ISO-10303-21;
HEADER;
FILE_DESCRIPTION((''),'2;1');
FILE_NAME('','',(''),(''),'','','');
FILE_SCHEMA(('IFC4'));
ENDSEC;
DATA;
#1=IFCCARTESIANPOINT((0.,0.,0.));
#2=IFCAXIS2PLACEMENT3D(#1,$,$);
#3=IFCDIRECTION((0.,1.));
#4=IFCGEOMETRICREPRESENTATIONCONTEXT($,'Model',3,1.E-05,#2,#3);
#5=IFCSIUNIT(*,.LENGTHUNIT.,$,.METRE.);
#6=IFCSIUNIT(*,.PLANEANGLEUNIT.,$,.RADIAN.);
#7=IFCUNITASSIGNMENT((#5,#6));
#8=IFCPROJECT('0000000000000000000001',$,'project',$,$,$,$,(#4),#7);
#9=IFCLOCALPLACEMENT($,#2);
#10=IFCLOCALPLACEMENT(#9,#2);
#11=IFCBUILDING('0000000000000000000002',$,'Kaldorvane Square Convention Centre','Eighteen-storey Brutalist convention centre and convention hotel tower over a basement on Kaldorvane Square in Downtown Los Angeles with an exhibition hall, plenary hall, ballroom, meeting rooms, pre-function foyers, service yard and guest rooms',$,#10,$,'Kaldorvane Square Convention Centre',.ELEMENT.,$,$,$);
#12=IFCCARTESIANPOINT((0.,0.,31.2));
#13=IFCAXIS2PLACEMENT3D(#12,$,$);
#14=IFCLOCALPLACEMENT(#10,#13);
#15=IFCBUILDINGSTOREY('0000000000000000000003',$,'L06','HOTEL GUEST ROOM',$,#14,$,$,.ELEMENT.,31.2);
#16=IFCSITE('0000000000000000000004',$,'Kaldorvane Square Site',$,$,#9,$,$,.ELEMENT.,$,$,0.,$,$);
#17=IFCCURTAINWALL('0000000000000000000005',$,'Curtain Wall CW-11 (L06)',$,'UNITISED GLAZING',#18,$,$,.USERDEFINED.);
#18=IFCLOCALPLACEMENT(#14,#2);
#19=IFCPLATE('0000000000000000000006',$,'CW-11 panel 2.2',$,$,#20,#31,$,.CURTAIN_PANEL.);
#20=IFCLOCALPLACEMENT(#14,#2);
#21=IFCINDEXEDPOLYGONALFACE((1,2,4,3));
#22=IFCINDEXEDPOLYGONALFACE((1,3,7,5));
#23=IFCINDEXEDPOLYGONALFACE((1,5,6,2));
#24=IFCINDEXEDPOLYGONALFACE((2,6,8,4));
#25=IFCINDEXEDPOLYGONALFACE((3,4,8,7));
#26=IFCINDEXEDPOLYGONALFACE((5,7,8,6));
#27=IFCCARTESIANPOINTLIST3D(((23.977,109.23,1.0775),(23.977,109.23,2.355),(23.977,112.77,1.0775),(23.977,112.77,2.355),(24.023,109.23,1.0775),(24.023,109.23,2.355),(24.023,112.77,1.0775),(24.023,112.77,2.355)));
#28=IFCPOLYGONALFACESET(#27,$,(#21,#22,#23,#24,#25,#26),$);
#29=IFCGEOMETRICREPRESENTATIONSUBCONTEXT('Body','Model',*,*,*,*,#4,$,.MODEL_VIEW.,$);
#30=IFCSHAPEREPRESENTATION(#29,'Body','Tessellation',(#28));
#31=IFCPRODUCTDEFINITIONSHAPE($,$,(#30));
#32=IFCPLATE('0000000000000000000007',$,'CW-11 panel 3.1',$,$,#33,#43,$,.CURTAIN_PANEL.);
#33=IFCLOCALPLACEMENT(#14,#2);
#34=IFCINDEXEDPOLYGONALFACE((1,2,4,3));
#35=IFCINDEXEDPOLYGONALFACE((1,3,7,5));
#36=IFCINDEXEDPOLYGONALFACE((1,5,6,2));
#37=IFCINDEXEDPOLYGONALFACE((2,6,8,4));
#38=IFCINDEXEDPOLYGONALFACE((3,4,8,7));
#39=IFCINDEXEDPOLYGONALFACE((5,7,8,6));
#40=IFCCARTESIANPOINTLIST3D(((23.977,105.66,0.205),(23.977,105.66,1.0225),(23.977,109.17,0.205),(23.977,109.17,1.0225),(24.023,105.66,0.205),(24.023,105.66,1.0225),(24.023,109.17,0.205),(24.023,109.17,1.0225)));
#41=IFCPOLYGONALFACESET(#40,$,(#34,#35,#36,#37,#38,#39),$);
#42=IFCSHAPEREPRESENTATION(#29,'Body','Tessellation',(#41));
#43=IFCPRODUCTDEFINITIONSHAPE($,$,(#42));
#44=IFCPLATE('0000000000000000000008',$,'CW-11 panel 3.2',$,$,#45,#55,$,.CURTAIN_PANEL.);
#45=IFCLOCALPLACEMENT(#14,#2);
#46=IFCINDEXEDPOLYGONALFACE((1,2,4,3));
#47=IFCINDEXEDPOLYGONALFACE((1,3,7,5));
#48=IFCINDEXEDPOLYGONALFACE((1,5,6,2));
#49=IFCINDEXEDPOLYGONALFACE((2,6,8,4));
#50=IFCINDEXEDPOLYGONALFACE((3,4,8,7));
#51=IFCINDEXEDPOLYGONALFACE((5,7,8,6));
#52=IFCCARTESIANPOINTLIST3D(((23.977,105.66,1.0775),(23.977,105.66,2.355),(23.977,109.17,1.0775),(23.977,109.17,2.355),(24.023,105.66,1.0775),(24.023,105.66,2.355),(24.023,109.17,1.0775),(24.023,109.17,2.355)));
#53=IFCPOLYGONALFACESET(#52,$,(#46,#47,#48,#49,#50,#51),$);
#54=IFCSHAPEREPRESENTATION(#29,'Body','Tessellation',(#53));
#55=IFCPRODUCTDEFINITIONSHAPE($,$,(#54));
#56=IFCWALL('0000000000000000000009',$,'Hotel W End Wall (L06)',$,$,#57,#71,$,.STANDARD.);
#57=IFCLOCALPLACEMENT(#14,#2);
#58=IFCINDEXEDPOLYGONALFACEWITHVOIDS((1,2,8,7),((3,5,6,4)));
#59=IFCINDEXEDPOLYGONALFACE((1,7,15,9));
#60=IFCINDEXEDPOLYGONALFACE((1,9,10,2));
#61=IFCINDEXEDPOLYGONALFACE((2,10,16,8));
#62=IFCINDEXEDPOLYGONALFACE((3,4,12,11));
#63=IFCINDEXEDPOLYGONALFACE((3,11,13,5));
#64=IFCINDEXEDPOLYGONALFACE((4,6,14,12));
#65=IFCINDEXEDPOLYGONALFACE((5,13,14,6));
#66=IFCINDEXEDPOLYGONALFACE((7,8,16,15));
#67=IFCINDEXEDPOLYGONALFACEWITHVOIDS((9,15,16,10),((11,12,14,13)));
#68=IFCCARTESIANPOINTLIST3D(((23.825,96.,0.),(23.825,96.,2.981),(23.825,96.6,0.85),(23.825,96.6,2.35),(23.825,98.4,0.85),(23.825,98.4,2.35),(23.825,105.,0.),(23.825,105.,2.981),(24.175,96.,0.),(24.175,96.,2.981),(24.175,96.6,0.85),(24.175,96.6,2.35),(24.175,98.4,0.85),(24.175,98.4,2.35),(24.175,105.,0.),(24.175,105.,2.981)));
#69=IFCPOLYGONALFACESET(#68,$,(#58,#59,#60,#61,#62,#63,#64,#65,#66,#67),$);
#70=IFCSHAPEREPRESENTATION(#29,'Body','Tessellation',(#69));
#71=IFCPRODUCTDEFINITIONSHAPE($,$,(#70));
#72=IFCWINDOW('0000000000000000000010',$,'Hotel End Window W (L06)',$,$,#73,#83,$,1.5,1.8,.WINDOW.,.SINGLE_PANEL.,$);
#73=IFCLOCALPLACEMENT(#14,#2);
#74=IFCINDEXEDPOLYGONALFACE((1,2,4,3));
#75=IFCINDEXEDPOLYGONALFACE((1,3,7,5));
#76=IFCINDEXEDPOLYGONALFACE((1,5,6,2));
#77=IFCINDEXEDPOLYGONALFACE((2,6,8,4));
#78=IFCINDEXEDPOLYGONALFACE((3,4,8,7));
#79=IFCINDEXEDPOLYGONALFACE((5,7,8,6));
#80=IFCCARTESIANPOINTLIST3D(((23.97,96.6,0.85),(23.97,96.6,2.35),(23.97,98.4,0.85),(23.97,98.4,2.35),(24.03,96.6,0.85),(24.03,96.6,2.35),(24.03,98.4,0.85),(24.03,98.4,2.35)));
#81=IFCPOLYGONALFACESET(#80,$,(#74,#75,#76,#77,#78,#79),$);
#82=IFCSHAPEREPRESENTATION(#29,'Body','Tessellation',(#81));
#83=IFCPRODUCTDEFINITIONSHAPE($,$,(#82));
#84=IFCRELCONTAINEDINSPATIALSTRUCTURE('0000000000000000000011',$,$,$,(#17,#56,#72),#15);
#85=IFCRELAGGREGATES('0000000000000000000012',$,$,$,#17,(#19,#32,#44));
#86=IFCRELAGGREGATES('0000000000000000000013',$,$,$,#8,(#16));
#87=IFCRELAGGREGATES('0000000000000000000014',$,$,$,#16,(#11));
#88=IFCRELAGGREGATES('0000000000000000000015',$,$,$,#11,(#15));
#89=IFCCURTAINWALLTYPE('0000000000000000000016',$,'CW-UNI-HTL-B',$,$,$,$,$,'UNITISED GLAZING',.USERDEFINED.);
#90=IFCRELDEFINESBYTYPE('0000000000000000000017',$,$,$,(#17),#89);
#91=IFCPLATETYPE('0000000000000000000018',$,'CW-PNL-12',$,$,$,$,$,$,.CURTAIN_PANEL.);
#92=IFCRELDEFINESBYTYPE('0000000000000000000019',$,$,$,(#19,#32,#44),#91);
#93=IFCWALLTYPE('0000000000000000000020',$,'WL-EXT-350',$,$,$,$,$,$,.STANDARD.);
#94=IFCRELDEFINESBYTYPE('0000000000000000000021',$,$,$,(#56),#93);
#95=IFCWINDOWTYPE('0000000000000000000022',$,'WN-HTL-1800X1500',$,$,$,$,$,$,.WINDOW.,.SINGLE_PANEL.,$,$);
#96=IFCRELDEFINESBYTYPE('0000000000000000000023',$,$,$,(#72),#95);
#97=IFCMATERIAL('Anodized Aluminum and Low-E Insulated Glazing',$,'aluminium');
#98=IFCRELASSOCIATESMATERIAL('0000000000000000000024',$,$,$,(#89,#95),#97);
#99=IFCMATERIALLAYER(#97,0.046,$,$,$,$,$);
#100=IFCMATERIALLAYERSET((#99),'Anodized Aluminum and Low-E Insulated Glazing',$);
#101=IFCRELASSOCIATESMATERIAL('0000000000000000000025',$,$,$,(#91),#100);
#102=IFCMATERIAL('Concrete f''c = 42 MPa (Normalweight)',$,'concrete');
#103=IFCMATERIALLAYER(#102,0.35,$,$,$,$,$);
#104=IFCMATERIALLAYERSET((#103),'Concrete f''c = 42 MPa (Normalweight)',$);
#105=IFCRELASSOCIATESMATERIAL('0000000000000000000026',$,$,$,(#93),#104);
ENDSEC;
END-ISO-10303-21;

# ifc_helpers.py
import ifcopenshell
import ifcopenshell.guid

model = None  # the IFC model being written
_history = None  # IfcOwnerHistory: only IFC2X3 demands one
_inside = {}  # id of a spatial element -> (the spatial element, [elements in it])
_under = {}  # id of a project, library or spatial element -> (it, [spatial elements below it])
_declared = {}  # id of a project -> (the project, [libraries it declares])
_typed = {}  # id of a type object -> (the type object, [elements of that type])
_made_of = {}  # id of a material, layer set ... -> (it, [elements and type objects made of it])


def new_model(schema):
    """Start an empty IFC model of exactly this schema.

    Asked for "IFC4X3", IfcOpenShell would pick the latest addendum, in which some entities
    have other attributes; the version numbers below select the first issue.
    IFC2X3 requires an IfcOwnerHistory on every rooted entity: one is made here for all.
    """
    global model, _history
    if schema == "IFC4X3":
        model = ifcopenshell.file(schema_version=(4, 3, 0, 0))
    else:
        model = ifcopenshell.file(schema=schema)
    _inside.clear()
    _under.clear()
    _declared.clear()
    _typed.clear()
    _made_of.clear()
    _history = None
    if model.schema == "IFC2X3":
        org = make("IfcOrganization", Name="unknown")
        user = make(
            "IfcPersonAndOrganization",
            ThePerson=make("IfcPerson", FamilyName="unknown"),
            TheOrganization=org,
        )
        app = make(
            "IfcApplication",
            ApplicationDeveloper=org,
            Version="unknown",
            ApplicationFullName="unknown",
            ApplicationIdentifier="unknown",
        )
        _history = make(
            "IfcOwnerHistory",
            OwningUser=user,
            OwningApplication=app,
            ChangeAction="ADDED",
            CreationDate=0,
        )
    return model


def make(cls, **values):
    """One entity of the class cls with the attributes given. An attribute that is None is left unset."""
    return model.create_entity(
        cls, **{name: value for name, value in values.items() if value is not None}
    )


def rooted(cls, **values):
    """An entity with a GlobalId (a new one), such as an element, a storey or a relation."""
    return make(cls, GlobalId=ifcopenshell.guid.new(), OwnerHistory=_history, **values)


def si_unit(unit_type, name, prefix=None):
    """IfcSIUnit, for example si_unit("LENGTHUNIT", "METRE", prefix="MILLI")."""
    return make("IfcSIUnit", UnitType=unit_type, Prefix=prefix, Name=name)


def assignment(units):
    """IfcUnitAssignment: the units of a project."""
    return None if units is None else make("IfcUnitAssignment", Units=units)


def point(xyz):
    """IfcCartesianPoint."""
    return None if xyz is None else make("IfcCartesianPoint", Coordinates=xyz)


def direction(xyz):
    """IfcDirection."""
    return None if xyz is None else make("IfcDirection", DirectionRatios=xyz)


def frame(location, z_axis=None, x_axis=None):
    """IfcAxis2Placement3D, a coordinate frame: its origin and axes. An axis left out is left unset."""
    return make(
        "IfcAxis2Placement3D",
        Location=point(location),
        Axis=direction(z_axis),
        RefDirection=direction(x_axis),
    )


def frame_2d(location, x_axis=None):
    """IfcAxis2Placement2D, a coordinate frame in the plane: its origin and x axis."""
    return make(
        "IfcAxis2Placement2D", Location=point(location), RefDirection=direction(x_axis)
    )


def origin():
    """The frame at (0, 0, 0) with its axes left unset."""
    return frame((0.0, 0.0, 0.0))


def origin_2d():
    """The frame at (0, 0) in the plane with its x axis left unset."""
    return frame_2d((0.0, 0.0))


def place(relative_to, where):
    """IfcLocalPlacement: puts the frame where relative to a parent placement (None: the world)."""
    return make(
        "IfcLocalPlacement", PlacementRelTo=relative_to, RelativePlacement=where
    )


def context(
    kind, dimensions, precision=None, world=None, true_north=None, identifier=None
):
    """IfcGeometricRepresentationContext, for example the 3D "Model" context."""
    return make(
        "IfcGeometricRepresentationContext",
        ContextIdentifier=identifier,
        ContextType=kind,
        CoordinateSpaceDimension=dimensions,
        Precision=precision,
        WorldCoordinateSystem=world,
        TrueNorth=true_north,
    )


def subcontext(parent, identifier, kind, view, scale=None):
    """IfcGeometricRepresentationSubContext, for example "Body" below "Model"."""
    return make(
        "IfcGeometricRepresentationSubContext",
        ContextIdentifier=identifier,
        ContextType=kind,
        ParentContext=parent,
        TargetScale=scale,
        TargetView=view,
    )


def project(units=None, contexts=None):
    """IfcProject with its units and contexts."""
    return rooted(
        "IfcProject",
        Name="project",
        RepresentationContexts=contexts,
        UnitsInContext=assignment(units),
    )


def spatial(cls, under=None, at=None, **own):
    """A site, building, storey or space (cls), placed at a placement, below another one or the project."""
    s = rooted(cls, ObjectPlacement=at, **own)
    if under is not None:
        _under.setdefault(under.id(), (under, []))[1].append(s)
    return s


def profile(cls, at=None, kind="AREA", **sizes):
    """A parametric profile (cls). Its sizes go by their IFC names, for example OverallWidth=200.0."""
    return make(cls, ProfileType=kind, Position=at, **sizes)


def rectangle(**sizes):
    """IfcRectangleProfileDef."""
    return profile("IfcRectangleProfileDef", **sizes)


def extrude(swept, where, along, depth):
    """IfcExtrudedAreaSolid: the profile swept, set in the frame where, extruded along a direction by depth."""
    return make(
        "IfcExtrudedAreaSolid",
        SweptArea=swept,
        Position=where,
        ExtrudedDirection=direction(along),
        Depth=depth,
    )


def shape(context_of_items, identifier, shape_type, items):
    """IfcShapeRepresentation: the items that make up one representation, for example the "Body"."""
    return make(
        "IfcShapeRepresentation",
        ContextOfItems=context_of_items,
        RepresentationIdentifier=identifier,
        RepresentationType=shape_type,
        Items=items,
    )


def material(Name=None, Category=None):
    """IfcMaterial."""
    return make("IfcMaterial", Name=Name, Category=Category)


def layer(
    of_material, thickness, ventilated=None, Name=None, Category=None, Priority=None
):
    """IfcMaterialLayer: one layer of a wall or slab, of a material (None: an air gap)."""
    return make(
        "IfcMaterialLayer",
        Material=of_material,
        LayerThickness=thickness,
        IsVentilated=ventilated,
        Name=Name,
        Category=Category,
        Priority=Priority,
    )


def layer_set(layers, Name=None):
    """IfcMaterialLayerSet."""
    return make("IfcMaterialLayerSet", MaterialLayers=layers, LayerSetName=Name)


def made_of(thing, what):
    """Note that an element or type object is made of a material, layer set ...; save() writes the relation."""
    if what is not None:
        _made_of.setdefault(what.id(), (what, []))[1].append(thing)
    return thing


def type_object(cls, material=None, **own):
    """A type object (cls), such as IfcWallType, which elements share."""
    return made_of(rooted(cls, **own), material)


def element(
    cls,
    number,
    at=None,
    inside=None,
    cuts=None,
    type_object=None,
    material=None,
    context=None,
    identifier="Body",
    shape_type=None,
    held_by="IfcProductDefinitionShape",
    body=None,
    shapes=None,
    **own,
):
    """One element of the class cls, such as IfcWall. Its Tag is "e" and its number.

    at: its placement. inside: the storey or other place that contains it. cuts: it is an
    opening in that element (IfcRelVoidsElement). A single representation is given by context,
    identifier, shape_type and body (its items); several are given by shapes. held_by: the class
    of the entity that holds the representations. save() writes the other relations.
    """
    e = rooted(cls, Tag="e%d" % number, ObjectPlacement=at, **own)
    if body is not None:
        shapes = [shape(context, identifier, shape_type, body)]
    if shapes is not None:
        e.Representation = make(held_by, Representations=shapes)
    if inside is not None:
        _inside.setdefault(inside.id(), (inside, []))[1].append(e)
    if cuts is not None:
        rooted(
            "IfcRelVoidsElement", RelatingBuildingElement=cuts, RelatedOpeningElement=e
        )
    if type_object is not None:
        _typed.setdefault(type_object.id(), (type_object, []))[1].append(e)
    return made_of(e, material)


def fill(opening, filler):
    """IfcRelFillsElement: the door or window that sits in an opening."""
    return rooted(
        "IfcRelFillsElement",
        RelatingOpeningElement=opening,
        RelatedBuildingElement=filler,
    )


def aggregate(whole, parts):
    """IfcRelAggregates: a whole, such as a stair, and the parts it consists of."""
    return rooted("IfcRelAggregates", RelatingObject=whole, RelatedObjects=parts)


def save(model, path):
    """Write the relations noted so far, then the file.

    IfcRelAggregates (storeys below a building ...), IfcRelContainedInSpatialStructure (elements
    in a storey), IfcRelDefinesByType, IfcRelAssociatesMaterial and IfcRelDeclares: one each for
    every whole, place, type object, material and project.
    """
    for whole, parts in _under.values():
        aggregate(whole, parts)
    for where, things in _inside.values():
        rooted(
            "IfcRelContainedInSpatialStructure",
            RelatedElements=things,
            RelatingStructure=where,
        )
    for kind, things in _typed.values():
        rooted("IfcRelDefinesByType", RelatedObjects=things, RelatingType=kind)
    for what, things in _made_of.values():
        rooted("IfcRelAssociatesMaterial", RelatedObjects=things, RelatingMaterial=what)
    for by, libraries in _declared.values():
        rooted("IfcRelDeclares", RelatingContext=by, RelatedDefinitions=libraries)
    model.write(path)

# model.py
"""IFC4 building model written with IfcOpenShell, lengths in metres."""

from ifc_helpers import new_model, si_unit, direction, frame, frame_2d, origin, origin_2d, place, context, subcontext, project, spatial, rectangle, extrude, material, layer, layer_set, type_object, element, fill, aggregate, save


model = new_model("IFC4")

# Units and contexts
model_context = context("Model", 3, precision=1e-05, world=origin(), true_north=direction((0.0, 1.0)))
body_context = subcontext(model_context, "Body", "Model", "MODEL_VIEW")
ifc_project = project(units=[si_unit("LENGTHUNIT", "METRE"), si_unit("PLANEANGLEUNIT", "RADIAN")], contexts=[model_context])

# Site, building, storey
site_placement = place(None, origin())
site = spatial("IfcSite", under=ifc_project, at=site_placement, Name="Kaldorvane Square Site", CompositionType="ELEMENT", RefElevation=0.0)
building_placement = place(site_placement, origin())
building = spatial("IfcBuilding", under=site, at=building_placement, Name="Kaldorvane Square Convention Centre", Description="Eighteen-storey Brutalist convention centre and convention hotel tower over a basement on Kaldorvane Square in Downtown Los Angeles with an exhibition hall, plenary hall, ballroom, meeting rooms, pre-function foyers, service yard and guest rooms", LongName="Kaldorvane Square Convention Centre", CompositionType="ELEMENT")
storey_placement = place(building_placement, frame((0.0, 0.0, 31.2)))
storey = spatial("IfcBuildingStorey", under=building, at=storey_placement, Name="L06", Description="HOTEL GUEST ROOM", CompositionType="ELEMENT", Elevation=31.2)

# Curtain wall, plates
ifc_material_1 = material(Name="Anodized Aluminum and Low-E Insulated Glazing", Category="aluminium")
curtain_wall_type = type_object("IfcCurtainWallType", Name="CW-UNI-HTL-B", ElementType="UNITISED GLAZING", PredefinedType="USERDEFINED", material=ifc_material_1)
curtain_wall_placement = place(storey_placement, origin())
curtain_wall = element("IfcCurtainWall", 1, at=curtain_wall_placement, inside=storey, type_object=curtain_wall_type, Name="Curtain Wall CW-11 (L06)", ObjectType="UNITISED GLAZING", PredefinedType="USERDEFINED")
ifc_layer_1 = layer(ifc_material_1, 0.046)
ifc_layer_set_1 = layer_set([ifc_layer_1], Name="Anodized Aluminum and Low-E Insulated Glazing")
plate_type = type_object("IfcPlateType", Name="CW-PNL-12", PredefinedType="CURTAIN_PANEL", material=ifc_layer_set_1)
plate_1_placement = place(storey_placement, frame((24.0, 111.0, 1.0775), z_axis=(0.0, 0.0, 1.0), x_axis=(0.0, -1.0, 0.0)))
plate_1 = element("IfcPlate", 2, at=plate_1_placement, type_object=plate_type, Name="CW-11 panel 2.2", PredefinedType="CURTAIN_PANEL", context=body_context, shape_type="SweptSolid", body=[
    extrude(rectangle(XDim=3.54, YDim=0.046, at=origin_2d()), origin(), (0.0, 0.0, 1.0), 1.2775),
])
plate_2_placement = place(storey_placement, frame((24.0, 107.415, 0.205), z_axis=(0.0, 0.0, 1.0), x_axis=(0.0, -1.0, 0.0)))
plate_2 = element("IfcPlate", 3, at=plate_2_placement, type_object=plate_type, Name="CW-11 panel 3.1", PredefinedType="CURTAIN_PANEL", context=body_context, shape_type="SweptSolid", body=[
    extrude(rectangle(XDim=3.51, YDim=0.046, at=origin_2d()), origin(), (0.0, 0.0, 1.0), 0.8175),
])
plate_3_placement = place(storey_placement, frame((24.0, 107.415, 1.0775), z_axis=(0.0, 0.0, 1.0), x_axis=(0.0, -1.0, 0.0)))
plate_3 = element("IfcPlate", 4, at=plate_3_placement, type_object=plate_type, Name="CW-11 panel 3.2", PredefinedType="CURTAIN_PANEL", context=body_context, shape_type="SweptSolid", body=[
    extrude(rectangle(XDim=3.51, YDim=0.046, at=origin_2d()), origin(), (0.0, 0.0, 1.0), 1.2775),
])
aggregate(curtain_wall, [plate_1, plate_2, plate_3])

# Wall, opening, window
ifc_material_2 = material(Name="Concrete f'c = 42 MPa (Normalweight)", Category="concrete")
ifc_layer_2 = layer(ifc_material_2, 0.35)
ifc_layer_set_2 = layer_set([ifc_layer_2], Name="Concrete f'c = 42 MPa (Normalweight)")
wall_type = type_object("IfcWallType", Name="WL-EXT-350", PredefinedType="STANDARD", material=ifc_layer_set_2)
wall_placement = place(storey_placement, frame((24.0, 105.0, 0.0), z_axis=(0.0, 0.0, 1.0), x_axis=(0.0, -1.0, 0.0)))
wall = element("IfcWall", 5, at=wall_placement, inside=storey, type_object=wall_type, Name="Hotel W End Wall (L06)", PredefinedType="STANDARD", context=body_context, shape_type="SweptSolid", body=[
    extrude(rectangle(XDim=9.0, YDim=0.35, at=frame_2d((4.5, 0.0))), origin(), (0.0, 0.0, 1.0), 2.981),
])
opening_placement = place(wall_placement, frame((6.6, 0.0, 0.85)))
opening = element("IfcOpeningElement", 6, at=opening_placement, cuts=wall, PredefinedType="OPENING", context=body_context, shape_type="SweptSolid", body=[
    extrude(rectangle(XDim=1.8, YDim=1.5, at=frame_2d((0.9, 0.75))), frame((0.0, 0.19, 0.0), z_axis=(0.0, -1.0, 0.0), x_axis=(1.0, 0.0, 0.0)), (0.0, 0.0, 1.0), 0.38),
])
window_type = type_object("IfcWindowType", Name="WN-HTL-1800X1500", PartitioningType="SINGLE_PANEL", PredefinedType="WINDOW", material=ifc_material_1)
window_placement = place(opening_placement, origin())
window = element("IfcWindow", 7, at=window_placement, inside=storey, type_object=window_type, Name="Hotel End Window W (L06)", OverallHeight=1.5, OverallWidth=1.8, PartitioningType="SINGLE_PANEL", PredefinedType="WINDOW", context=body_context, shape_type="SweptSolid", body=[
    extrude(rectangle(XDim=1.8, YDim=1.5, at=frame_2d((0.9, 0.75))), frame((0.0, 0.03, 0.0), z_axis=(0.0, -1.0, 0.0), x_axis=(1.0, 0.0, 0.0)), (0.0, 0.0, 1.0), 0.06),
])
fill(opening, window)

save(model, "model.ifc")
